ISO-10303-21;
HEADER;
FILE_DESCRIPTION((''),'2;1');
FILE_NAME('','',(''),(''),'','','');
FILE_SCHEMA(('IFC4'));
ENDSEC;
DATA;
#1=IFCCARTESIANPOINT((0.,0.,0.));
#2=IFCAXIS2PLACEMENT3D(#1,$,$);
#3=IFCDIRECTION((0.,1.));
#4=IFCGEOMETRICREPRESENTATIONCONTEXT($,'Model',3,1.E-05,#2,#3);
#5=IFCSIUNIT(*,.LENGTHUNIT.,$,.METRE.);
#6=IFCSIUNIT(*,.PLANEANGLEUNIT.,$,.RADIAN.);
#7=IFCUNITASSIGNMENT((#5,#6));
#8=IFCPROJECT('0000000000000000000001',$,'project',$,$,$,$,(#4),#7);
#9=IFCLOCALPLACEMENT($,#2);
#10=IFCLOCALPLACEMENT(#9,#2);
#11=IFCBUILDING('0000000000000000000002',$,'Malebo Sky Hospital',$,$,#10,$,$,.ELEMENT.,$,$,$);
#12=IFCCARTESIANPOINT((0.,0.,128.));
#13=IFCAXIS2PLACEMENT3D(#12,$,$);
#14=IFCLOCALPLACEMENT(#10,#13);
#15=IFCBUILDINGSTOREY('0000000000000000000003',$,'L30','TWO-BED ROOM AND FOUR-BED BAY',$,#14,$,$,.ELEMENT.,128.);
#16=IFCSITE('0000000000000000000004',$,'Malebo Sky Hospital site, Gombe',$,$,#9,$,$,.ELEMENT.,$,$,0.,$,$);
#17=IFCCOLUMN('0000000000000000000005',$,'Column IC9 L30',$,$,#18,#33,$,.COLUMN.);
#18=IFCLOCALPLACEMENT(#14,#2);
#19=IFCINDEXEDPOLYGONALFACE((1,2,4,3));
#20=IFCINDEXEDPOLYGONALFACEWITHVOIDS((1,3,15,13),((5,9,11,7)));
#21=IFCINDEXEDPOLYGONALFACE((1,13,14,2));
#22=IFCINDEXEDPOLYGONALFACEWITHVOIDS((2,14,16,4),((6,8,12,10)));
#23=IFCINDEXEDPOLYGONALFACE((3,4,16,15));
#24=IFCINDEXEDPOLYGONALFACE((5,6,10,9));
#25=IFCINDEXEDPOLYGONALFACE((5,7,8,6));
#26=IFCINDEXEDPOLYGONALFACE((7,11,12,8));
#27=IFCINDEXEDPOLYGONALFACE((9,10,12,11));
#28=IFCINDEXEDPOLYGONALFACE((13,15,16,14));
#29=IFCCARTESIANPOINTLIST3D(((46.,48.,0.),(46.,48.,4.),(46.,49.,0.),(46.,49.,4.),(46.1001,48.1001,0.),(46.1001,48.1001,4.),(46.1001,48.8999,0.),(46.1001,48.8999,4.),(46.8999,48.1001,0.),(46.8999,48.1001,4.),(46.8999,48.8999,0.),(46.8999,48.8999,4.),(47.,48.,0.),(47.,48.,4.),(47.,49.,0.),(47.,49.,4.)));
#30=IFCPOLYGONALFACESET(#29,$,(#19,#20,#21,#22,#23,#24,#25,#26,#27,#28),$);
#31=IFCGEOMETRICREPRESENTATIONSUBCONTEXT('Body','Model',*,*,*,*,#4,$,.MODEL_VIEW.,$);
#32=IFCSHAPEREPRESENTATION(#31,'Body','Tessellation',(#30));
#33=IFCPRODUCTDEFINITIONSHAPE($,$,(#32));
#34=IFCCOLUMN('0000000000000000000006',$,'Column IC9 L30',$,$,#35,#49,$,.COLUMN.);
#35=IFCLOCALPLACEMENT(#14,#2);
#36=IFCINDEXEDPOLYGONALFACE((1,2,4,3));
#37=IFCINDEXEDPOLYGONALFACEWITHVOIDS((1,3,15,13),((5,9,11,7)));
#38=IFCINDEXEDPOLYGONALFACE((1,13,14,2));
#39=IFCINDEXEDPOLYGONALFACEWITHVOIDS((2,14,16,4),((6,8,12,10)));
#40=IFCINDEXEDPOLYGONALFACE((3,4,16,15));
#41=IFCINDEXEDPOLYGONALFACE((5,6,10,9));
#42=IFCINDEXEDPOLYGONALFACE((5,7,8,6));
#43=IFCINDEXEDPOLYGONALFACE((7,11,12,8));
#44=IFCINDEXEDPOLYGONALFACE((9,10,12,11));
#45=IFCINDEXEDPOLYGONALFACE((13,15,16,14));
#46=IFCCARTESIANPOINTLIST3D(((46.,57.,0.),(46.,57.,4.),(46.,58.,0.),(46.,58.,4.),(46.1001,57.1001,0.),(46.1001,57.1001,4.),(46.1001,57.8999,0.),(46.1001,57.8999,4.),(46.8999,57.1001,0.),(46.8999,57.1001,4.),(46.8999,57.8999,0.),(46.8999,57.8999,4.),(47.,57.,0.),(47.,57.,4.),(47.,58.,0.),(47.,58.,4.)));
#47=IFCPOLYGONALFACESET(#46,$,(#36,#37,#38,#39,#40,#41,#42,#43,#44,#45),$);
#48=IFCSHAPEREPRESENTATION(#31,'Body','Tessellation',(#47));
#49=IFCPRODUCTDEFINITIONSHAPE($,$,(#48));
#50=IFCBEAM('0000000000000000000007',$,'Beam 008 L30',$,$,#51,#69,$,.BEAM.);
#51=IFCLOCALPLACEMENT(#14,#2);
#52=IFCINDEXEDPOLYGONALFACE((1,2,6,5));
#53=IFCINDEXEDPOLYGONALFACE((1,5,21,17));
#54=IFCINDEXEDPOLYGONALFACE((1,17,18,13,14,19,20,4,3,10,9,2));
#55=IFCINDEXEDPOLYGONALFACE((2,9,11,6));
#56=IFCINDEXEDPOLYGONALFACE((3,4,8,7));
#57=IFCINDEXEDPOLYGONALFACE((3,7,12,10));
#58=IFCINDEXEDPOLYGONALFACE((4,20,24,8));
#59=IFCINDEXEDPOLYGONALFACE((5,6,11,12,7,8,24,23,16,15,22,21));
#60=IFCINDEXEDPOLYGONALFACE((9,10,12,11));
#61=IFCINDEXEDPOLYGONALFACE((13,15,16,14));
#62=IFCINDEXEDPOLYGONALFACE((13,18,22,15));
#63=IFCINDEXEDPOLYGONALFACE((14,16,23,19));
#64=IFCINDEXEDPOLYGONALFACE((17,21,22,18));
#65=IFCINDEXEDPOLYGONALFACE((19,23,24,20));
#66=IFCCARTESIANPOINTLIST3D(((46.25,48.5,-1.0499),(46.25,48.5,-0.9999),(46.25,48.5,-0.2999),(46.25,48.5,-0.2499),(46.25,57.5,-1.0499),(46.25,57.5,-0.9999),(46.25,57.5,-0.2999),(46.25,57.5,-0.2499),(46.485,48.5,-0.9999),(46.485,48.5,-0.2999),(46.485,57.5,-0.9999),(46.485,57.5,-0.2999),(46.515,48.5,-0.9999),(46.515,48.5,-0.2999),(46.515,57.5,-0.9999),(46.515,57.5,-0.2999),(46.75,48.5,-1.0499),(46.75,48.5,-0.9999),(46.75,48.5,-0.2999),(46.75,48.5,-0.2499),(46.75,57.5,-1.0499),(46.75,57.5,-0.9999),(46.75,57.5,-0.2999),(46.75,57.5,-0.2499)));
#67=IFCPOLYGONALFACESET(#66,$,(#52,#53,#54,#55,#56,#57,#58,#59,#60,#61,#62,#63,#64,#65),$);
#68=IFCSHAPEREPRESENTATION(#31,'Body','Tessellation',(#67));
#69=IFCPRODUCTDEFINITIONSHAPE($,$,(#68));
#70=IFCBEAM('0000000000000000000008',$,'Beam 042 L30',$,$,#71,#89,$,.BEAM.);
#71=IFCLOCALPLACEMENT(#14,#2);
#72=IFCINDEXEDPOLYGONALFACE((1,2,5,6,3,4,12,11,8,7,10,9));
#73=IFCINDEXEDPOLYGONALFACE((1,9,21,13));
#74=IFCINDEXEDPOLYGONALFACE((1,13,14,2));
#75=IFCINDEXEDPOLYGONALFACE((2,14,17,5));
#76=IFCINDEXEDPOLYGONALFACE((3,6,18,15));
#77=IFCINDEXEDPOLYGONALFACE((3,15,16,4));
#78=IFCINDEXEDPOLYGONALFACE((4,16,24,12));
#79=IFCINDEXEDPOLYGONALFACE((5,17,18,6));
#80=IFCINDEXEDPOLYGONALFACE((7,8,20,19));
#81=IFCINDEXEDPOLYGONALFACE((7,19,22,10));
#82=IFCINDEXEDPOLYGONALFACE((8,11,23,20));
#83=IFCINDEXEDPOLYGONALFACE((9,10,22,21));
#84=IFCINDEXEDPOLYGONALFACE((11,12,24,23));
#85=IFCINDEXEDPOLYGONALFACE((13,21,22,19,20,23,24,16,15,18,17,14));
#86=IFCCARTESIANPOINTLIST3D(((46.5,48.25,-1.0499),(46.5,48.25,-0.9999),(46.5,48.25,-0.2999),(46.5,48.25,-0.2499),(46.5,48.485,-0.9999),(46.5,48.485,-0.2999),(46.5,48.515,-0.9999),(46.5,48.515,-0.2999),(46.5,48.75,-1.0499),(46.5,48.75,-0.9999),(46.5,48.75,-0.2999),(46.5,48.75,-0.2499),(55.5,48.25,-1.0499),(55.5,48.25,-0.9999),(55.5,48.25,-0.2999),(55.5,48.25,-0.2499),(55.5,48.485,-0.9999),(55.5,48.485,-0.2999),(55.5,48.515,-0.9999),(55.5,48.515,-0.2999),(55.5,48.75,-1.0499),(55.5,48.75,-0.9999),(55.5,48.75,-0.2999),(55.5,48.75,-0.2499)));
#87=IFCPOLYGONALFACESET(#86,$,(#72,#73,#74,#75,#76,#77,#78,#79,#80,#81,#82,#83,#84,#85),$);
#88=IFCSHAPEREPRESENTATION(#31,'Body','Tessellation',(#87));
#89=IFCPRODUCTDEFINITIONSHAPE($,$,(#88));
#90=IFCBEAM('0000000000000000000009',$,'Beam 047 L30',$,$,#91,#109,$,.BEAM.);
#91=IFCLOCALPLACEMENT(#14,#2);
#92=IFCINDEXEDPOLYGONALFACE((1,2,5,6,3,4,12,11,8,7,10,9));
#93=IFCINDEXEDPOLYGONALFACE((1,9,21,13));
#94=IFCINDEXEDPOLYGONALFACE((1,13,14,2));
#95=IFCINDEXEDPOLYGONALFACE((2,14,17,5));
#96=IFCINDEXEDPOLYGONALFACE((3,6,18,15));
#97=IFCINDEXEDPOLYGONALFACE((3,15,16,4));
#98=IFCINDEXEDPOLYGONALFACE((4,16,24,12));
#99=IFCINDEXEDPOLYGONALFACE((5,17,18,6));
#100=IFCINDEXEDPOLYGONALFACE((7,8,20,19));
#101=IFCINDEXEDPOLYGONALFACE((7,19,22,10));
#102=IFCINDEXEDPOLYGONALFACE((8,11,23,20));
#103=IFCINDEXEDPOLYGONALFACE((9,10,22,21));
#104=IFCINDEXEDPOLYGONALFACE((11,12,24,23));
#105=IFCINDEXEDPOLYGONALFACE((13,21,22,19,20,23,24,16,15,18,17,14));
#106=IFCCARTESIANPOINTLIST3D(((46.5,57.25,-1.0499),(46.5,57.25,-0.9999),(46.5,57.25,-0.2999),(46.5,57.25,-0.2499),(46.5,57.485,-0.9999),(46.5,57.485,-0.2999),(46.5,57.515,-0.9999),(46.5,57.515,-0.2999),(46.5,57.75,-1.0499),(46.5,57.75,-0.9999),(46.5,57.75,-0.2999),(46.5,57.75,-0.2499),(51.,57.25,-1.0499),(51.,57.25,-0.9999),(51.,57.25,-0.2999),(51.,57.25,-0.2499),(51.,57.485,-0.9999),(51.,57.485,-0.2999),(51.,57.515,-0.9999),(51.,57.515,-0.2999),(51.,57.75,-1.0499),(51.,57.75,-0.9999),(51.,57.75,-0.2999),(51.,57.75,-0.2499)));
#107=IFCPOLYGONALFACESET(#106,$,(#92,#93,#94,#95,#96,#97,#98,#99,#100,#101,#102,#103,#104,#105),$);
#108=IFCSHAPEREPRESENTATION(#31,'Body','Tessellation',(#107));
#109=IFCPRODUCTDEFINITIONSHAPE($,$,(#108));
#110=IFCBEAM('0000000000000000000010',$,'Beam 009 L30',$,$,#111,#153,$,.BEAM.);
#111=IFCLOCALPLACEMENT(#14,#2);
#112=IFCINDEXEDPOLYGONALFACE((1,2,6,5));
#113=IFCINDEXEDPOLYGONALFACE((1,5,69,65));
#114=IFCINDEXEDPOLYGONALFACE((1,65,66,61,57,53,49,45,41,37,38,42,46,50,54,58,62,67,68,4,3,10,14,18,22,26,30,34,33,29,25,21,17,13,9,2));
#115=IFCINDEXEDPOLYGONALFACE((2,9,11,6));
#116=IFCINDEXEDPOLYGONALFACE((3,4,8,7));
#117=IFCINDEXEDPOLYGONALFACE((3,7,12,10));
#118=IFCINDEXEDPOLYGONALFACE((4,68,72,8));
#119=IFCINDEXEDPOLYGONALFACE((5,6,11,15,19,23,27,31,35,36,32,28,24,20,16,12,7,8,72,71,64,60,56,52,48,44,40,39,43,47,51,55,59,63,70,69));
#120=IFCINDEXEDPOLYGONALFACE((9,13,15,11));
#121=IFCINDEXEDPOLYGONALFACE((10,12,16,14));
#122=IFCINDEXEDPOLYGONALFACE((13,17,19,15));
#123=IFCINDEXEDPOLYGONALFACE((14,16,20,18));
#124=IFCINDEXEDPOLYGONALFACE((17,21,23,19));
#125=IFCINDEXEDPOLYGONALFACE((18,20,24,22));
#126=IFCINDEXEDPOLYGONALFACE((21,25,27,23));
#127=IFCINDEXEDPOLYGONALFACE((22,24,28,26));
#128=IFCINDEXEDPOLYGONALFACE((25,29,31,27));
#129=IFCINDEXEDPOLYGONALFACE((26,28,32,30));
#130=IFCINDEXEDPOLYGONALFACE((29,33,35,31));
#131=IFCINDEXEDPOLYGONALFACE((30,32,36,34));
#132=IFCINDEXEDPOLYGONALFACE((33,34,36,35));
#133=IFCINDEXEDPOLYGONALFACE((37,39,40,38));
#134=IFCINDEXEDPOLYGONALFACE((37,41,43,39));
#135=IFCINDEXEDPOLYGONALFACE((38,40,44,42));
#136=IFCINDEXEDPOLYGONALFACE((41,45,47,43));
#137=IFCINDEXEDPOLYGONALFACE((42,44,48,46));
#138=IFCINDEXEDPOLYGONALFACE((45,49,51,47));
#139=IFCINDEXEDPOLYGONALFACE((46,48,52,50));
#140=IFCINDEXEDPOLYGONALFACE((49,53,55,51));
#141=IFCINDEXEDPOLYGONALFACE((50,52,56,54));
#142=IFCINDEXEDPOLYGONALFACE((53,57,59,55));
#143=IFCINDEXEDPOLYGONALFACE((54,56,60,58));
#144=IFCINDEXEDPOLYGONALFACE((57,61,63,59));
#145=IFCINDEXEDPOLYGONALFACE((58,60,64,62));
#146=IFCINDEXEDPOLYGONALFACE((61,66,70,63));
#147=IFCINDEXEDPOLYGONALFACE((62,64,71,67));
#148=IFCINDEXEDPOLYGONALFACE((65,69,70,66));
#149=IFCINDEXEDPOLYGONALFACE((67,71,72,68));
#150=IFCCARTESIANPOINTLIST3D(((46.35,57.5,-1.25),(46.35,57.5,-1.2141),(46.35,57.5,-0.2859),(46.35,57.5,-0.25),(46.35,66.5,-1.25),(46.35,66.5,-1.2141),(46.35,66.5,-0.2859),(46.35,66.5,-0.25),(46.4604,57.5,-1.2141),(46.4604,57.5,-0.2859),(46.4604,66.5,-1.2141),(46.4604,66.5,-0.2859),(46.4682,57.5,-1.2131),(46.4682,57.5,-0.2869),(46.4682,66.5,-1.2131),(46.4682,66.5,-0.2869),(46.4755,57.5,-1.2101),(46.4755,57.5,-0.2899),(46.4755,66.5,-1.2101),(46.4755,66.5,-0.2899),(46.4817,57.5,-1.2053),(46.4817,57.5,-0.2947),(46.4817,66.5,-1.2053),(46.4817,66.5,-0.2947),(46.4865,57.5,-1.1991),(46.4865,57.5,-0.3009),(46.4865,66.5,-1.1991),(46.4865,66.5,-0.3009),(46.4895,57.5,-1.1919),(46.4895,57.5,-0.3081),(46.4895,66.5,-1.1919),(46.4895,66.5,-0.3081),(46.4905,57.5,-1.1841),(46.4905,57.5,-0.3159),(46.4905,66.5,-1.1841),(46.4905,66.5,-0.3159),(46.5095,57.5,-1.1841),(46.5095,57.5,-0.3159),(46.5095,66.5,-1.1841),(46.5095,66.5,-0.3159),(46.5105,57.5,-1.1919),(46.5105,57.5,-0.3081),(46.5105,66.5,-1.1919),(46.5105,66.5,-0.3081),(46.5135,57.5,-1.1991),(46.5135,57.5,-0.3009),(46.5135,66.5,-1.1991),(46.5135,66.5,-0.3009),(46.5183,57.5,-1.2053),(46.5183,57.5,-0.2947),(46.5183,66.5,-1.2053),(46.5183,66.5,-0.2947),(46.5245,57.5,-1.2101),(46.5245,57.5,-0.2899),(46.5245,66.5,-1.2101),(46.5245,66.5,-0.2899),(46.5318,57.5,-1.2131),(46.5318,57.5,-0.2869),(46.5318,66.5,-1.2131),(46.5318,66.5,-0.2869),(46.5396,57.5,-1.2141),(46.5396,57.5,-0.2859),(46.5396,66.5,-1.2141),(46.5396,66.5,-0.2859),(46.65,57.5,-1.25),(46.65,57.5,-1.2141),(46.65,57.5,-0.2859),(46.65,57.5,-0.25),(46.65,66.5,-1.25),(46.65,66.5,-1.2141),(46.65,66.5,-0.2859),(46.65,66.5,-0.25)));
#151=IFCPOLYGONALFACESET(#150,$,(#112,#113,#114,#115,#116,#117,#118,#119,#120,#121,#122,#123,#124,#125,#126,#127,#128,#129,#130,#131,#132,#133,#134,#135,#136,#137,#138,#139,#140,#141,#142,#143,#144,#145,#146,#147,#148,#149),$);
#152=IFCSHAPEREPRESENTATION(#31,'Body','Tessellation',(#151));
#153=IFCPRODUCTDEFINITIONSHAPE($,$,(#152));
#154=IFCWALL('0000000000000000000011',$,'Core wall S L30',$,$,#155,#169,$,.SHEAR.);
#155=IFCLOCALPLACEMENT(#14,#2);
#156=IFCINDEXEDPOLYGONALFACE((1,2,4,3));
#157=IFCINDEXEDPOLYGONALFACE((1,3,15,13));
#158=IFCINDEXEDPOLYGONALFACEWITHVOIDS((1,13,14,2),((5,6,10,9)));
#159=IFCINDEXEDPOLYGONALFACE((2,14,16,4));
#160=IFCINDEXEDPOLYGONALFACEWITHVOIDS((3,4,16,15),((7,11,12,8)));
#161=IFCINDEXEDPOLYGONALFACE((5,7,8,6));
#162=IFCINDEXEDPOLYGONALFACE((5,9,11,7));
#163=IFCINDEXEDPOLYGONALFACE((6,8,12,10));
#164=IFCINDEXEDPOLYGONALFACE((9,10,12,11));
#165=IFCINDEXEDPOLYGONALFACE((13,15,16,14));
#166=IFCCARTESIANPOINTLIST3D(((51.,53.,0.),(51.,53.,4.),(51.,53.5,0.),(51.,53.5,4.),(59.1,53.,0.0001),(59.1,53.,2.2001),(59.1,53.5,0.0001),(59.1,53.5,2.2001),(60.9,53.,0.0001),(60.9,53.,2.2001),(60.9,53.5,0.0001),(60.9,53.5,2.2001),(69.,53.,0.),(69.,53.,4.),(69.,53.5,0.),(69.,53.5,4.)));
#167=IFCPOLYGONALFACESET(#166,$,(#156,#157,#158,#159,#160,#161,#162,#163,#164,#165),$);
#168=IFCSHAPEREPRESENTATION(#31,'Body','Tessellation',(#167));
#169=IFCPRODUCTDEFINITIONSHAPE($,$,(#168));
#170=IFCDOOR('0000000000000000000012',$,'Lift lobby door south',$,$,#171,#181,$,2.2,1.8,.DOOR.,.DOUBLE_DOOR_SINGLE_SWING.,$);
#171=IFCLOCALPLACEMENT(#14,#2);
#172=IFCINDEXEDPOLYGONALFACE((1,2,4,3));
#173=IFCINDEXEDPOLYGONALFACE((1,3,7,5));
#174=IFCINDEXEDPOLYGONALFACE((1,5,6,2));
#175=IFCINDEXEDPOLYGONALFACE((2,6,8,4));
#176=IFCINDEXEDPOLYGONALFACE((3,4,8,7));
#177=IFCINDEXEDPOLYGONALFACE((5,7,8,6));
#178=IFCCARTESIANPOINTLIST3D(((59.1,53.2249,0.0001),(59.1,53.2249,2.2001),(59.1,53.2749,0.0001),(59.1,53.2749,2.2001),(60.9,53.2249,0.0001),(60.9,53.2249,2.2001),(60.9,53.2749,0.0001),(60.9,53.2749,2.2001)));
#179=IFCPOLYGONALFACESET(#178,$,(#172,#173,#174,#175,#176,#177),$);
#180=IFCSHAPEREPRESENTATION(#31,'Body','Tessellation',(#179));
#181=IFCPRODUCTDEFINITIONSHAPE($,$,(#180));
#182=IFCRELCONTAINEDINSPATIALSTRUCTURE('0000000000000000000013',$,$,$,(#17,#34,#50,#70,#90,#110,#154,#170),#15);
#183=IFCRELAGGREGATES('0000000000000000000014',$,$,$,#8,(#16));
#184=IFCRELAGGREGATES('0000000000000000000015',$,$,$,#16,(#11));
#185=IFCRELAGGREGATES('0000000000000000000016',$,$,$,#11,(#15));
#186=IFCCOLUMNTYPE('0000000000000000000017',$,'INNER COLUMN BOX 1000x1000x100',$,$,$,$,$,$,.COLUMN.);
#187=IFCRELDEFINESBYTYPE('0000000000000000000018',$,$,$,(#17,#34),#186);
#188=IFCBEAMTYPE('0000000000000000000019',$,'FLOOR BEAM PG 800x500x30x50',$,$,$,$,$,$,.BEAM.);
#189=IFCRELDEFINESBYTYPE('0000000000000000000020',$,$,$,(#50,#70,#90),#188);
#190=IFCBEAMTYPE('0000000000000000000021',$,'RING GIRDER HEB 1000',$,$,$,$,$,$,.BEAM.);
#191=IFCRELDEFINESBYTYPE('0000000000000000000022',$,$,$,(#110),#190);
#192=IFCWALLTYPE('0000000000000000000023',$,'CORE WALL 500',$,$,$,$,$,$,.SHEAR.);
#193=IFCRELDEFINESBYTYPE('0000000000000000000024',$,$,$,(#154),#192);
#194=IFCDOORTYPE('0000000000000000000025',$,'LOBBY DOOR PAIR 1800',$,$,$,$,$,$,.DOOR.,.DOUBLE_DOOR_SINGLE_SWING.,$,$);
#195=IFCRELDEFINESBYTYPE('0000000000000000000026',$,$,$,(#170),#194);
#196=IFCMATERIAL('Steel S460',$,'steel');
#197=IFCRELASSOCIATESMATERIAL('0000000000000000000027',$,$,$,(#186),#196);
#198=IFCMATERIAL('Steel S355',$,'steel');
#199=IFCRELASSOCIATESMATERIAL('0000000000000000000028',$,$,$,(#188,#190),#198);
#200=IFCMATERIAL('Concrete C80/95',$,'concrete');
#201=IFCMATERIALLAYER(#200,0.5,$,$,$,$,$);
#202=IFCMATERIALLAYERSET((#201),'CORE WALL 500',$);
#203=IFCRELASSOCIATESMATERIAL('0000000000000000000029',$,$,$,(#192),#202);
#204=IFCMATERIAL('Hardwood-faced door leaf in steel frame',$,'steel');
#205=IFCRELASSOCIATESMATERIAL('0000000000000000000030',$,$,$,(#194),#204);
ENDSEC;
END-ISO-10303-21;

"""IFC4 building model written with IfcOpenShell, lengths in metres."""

from ifc_helpers import new_model, si_unit, direction, frame, frame_2d, origin, origin_2d, place, context, subcontext, project, spatial, rectangle, hollow_rectangle, i_section, extrude, material, layer, layer_set, material_profile, profile_set, type_object, element, fill, save


model = new_model("IFC4")

# Units and contexts
model_context = context("Model", 3, precision=1e-05, world=origin(), true_north=direction((0.0, 1.0)))
body_context = subcontext(model_context, "Body", "Model", "MODEL_VIEW")
ifc_project = project(units=[si_unit("LENGTHUNIT", "METRE"), si_unit("PLANEANGLEUNIT", "RADIAN")], contexts=[model_context])

# Site, building, storey
site_placement = place(None, origin())
site = spatial("IfcSite", under=ifc_project, at=site_placement, Name="Malebo Sky Hospital site, Gombe", CompositionType="ELEMENT", RefElevation=0.0)
building_placement = place(site_placement, origin())
building = spatial("IfcBuilding", under=site, at=building_placement, Name="Malebo Sky Hospital", CompositionType="ELEMENT")
storey_placement = place(building_placement, frame((0.0, 0.0, 128.0)))
storey = spatial("IfcBuildingStorey", under=building, at=storey_placement, Name="L30", Description="TWO-BED ROOM AND FOUR-BED BAY", CompositionType="ELEMENT", Elevation=128.0)

# Columns
ifc_material_1 = material(Name="Steel S460", Category="steel")
ifc_material_profile_1 = material_profile(ifc_material_1, hollow_rectangle(XDim=1.0, YDim=1.0, WallThickness=0.1001, at=origin_2d()), Name="BOX 1000x1000x100")
ifc_profile_set_1 = profile_set([ifc_material_profile_1], Name="Steel S460")
column_type = type_object("IfcColumnType", Name="INNER COLUMN BOX 1000x1000x100", PredefinedType="COLUMN", material=ifc_profile_set_1)
for number, where, z_axis, x_axis, name in (
    (1, (46.5, 48.5, 0.0), (0.0, 0.0, 1.0), (1.0, 0.0, 0.0), "Column IC9 L30"),
    (2, (46.5, 57.5, 0.0), (0.0, 0.0, 1.0), (1.0, 0.0, 0.0), "Column IC9 L30"),
):
    element("IfcColumn", number, at=place(storey_placement, frame(where, z_axis=z_axis, x_axis=x_axis)), inside=storey, type_object=column_type, Name=name, PredefinedType="COLUMN", context=body_context, shape_type="SweptSolid", body=[
        extrude(hollow_rectangle(XDim=1.0, YDim=1.0, WallThickness=0.1001, at=origin_2d()), origin(), (0.0, 0.0, 1.0), 4.0),
    ])

# Beams
ifc_material_2 = material(Name="Steel S355", Category="steel")
ifc_material_profile_2 = material_profile(ifc_material_2, i_section(OverallWidth=0.5, OverallDepth=0.8, WebThickness=0.03, FlangeThickness=0.05, at=origin_2d()), Name="PG 800x500x30x50")
ifc_profile_set_2 = profile_set([ifc_material_profile_2], Name="Steel S355")
beam_type_1 = type_object("IfcBeamType", Name="FLOOR BEAM PG 800x500x30x50", PredefinedType="BEAM", material=ifc_profile_set_2)
for number, where, z_axis, x_axis, name in (
    (3, (46.5, 48.5, -0.6499), (0.0, 1.0, 0.0), (-1.0, 0.0, 0.0), "Beam 008 L30"),
    (4, (46.5, 48.5, -0.6499), (1.0, 0.0, 0.0), (0.0, 1.0, 0.0), "Beam 042 L30"),
):
    element("IfcBeam", number, at=place(storey_placement, frame(where, z_axis=z_axis, x_axis=x_axis)), inside=storey, type_object=beam_type_1, Name=name, PredefinedType="BEAM", context=body_context, shape_type="SweptSolid", body=[
        extrude(i_section(OverallWidth=0.5, OverallDepth=0.8, WebThickness=0.03, FlangeThickness=0.05, at=origin_2d()), origin(), (0.0, 0.0, 1.0), 9.0),
    ])
beam_1_placement = place(storey_placement, frame((46.5, 57.5, -0.6499), z_axis=(1.0, 0.0, 0.0), x_axis=(0.0, 1.0, 0.0)))
element("IfcBeam", 5, at=beam_1_placement, inside=storey, type_object=beam_type_1, Name="Beam 047 L30", PredefinedType="BEAM", context=body_context, shape_type="SweptSolid", body=[
    extrude(i_section(OverallWidth=0.5, OverallDepth=0.8, WebThickness=0.03, FlangeThickness=0.05, at=origin_2d()), origin(), (0.0, 0.0, 1.0), 4.5),
])
ifc_material_profile_3 = material_profile(ifc_material_2, i_section(OverallWidth=0.3, OverallDepth=1.0, WebThickness=0.019, FlangeThickness=0.0359, FilletRadius=0.03, at=origin_2d()), Name="HEB 1000")
ifc_profile_set_3 = profile_set([ifc_material_profile_3], Name="Steel S355")
beam_type_2 = type_object("IfcBeamType", Name="RING GIRDER HEB 1000", PredefinedType="BEAM", material=ifc_profile_set_3)
beam_2_placement = place(storey_placement, frame((46.5, 57.5, -0.75), z_axis=(0.0, 1.0, 0.0), x_axis=(-1.0, 0.0, 0.0)))
element("IfcBeam", 6, at=beam_2_placement, inside=storey, type_object=beam_type_2, Name="Beam 009 L30", PredefinedType="BEAM", context=body_context, shape_type="SweptSolid", body=[
    extrude(i_section(OverallWidth=0.3, OverallDepth=1.0, WebThickness=0.019, FlangeThickness=0.0359, FilletRadius=0.03, at=origin_2d()), origin(), (0.0, 0.0, 1.0), 9.0),
])

# Wall, opening, door
ifc_material_3 = material(Name="Concrete C80/95", Category="concrete")
ifc_layer_1 = layer(ifc_material_3, 0.5)
ifc_layer_set_1 = layer_set([ifc_layer_1], Name="CORE WALL 500")
wall_type_1 = type_object("IfcWallType", Name="CORE WALL 500", PredefinedType="SHEAR", material=ifc_layer_set_1)
wall_1_placement = place(storey_placement, frame((51.0, 53.25, 0.0), z_axis=(0.0, 0.0, 1.0), x_axis=(1.0, 0.0, 0.0)))
wall_1 = element("IfcWall", 7, at=wall_1_placement, inside=storey, type_object=wall_type_1, Name="Core wall S L30", PredefinedType="SHEAR", context=body_context, shape_type="SweptSolid", body=[
    extrude(rectangle(XDim=18.0, YDim=0.5, at=frame_2d((9.0, 0.0))), origin(), (0.0, 0.0, 1.0), 4.0),
])
opening_1_placement = place(wall_1_placement, frame((8.1001, 0.0, 0.0)))
opening_1 = element("IfcOpeningElement", 8, at=opening_1_placement, cuts=wall_1, PredefinedType="OPENING", context=body_context, shape_type="SweptSolid", body=[
    extrude(rectangle(XDim=1.8, YDim=2.2, at=frame_2d((0.8999, 1.1001))), frame((0.0, 0.26, 0.0), z_axis=(0.0, -1.0, 0.0), x_axis=(1.0, 0.0, 0.0)), (0.0, 0.0, 1.0), 0.52),
])
ifc_material_4 = material(Name="Hardwood-faced door leaf in steel frame", Category="steel")
door_type_1 = type_object("IfcDoorType", Name="LOBBY DOOR PAIR 1800", OperationType="DOUBLE_DOOR_SINGLE_SWING", PredefinedType="DOOR", material=ifc_material_4)
door_1_placement = place(opening_1_placement, origin())
door_1 = element("IfcDoor", 9, at=door_1_placement, inside=storey, type_object=door_type_1, Name="Lift lobby door south", OperationType="DOUBLE_DOOR_SINGLE_SWING", OverallHeight=2.2, OverallWidth=1.8, PredefinedType="DOOR", context=body_context, shape_type="SweptSolid", body=[
    extrude(rectangle(XDim=1.8, YDim=2.2, at=frame_2d((0.8999, 1.1001))), frame((0.0, 0.0249, 0.0), z_axis=(0.0, -1.0, 0.0), x_axis=(1.0, 0.0, 0.0)), (0.0, 0.0, 1.0), 0.05),
])
fill(opening_1, door_1)

save(model, "model.ifc")
